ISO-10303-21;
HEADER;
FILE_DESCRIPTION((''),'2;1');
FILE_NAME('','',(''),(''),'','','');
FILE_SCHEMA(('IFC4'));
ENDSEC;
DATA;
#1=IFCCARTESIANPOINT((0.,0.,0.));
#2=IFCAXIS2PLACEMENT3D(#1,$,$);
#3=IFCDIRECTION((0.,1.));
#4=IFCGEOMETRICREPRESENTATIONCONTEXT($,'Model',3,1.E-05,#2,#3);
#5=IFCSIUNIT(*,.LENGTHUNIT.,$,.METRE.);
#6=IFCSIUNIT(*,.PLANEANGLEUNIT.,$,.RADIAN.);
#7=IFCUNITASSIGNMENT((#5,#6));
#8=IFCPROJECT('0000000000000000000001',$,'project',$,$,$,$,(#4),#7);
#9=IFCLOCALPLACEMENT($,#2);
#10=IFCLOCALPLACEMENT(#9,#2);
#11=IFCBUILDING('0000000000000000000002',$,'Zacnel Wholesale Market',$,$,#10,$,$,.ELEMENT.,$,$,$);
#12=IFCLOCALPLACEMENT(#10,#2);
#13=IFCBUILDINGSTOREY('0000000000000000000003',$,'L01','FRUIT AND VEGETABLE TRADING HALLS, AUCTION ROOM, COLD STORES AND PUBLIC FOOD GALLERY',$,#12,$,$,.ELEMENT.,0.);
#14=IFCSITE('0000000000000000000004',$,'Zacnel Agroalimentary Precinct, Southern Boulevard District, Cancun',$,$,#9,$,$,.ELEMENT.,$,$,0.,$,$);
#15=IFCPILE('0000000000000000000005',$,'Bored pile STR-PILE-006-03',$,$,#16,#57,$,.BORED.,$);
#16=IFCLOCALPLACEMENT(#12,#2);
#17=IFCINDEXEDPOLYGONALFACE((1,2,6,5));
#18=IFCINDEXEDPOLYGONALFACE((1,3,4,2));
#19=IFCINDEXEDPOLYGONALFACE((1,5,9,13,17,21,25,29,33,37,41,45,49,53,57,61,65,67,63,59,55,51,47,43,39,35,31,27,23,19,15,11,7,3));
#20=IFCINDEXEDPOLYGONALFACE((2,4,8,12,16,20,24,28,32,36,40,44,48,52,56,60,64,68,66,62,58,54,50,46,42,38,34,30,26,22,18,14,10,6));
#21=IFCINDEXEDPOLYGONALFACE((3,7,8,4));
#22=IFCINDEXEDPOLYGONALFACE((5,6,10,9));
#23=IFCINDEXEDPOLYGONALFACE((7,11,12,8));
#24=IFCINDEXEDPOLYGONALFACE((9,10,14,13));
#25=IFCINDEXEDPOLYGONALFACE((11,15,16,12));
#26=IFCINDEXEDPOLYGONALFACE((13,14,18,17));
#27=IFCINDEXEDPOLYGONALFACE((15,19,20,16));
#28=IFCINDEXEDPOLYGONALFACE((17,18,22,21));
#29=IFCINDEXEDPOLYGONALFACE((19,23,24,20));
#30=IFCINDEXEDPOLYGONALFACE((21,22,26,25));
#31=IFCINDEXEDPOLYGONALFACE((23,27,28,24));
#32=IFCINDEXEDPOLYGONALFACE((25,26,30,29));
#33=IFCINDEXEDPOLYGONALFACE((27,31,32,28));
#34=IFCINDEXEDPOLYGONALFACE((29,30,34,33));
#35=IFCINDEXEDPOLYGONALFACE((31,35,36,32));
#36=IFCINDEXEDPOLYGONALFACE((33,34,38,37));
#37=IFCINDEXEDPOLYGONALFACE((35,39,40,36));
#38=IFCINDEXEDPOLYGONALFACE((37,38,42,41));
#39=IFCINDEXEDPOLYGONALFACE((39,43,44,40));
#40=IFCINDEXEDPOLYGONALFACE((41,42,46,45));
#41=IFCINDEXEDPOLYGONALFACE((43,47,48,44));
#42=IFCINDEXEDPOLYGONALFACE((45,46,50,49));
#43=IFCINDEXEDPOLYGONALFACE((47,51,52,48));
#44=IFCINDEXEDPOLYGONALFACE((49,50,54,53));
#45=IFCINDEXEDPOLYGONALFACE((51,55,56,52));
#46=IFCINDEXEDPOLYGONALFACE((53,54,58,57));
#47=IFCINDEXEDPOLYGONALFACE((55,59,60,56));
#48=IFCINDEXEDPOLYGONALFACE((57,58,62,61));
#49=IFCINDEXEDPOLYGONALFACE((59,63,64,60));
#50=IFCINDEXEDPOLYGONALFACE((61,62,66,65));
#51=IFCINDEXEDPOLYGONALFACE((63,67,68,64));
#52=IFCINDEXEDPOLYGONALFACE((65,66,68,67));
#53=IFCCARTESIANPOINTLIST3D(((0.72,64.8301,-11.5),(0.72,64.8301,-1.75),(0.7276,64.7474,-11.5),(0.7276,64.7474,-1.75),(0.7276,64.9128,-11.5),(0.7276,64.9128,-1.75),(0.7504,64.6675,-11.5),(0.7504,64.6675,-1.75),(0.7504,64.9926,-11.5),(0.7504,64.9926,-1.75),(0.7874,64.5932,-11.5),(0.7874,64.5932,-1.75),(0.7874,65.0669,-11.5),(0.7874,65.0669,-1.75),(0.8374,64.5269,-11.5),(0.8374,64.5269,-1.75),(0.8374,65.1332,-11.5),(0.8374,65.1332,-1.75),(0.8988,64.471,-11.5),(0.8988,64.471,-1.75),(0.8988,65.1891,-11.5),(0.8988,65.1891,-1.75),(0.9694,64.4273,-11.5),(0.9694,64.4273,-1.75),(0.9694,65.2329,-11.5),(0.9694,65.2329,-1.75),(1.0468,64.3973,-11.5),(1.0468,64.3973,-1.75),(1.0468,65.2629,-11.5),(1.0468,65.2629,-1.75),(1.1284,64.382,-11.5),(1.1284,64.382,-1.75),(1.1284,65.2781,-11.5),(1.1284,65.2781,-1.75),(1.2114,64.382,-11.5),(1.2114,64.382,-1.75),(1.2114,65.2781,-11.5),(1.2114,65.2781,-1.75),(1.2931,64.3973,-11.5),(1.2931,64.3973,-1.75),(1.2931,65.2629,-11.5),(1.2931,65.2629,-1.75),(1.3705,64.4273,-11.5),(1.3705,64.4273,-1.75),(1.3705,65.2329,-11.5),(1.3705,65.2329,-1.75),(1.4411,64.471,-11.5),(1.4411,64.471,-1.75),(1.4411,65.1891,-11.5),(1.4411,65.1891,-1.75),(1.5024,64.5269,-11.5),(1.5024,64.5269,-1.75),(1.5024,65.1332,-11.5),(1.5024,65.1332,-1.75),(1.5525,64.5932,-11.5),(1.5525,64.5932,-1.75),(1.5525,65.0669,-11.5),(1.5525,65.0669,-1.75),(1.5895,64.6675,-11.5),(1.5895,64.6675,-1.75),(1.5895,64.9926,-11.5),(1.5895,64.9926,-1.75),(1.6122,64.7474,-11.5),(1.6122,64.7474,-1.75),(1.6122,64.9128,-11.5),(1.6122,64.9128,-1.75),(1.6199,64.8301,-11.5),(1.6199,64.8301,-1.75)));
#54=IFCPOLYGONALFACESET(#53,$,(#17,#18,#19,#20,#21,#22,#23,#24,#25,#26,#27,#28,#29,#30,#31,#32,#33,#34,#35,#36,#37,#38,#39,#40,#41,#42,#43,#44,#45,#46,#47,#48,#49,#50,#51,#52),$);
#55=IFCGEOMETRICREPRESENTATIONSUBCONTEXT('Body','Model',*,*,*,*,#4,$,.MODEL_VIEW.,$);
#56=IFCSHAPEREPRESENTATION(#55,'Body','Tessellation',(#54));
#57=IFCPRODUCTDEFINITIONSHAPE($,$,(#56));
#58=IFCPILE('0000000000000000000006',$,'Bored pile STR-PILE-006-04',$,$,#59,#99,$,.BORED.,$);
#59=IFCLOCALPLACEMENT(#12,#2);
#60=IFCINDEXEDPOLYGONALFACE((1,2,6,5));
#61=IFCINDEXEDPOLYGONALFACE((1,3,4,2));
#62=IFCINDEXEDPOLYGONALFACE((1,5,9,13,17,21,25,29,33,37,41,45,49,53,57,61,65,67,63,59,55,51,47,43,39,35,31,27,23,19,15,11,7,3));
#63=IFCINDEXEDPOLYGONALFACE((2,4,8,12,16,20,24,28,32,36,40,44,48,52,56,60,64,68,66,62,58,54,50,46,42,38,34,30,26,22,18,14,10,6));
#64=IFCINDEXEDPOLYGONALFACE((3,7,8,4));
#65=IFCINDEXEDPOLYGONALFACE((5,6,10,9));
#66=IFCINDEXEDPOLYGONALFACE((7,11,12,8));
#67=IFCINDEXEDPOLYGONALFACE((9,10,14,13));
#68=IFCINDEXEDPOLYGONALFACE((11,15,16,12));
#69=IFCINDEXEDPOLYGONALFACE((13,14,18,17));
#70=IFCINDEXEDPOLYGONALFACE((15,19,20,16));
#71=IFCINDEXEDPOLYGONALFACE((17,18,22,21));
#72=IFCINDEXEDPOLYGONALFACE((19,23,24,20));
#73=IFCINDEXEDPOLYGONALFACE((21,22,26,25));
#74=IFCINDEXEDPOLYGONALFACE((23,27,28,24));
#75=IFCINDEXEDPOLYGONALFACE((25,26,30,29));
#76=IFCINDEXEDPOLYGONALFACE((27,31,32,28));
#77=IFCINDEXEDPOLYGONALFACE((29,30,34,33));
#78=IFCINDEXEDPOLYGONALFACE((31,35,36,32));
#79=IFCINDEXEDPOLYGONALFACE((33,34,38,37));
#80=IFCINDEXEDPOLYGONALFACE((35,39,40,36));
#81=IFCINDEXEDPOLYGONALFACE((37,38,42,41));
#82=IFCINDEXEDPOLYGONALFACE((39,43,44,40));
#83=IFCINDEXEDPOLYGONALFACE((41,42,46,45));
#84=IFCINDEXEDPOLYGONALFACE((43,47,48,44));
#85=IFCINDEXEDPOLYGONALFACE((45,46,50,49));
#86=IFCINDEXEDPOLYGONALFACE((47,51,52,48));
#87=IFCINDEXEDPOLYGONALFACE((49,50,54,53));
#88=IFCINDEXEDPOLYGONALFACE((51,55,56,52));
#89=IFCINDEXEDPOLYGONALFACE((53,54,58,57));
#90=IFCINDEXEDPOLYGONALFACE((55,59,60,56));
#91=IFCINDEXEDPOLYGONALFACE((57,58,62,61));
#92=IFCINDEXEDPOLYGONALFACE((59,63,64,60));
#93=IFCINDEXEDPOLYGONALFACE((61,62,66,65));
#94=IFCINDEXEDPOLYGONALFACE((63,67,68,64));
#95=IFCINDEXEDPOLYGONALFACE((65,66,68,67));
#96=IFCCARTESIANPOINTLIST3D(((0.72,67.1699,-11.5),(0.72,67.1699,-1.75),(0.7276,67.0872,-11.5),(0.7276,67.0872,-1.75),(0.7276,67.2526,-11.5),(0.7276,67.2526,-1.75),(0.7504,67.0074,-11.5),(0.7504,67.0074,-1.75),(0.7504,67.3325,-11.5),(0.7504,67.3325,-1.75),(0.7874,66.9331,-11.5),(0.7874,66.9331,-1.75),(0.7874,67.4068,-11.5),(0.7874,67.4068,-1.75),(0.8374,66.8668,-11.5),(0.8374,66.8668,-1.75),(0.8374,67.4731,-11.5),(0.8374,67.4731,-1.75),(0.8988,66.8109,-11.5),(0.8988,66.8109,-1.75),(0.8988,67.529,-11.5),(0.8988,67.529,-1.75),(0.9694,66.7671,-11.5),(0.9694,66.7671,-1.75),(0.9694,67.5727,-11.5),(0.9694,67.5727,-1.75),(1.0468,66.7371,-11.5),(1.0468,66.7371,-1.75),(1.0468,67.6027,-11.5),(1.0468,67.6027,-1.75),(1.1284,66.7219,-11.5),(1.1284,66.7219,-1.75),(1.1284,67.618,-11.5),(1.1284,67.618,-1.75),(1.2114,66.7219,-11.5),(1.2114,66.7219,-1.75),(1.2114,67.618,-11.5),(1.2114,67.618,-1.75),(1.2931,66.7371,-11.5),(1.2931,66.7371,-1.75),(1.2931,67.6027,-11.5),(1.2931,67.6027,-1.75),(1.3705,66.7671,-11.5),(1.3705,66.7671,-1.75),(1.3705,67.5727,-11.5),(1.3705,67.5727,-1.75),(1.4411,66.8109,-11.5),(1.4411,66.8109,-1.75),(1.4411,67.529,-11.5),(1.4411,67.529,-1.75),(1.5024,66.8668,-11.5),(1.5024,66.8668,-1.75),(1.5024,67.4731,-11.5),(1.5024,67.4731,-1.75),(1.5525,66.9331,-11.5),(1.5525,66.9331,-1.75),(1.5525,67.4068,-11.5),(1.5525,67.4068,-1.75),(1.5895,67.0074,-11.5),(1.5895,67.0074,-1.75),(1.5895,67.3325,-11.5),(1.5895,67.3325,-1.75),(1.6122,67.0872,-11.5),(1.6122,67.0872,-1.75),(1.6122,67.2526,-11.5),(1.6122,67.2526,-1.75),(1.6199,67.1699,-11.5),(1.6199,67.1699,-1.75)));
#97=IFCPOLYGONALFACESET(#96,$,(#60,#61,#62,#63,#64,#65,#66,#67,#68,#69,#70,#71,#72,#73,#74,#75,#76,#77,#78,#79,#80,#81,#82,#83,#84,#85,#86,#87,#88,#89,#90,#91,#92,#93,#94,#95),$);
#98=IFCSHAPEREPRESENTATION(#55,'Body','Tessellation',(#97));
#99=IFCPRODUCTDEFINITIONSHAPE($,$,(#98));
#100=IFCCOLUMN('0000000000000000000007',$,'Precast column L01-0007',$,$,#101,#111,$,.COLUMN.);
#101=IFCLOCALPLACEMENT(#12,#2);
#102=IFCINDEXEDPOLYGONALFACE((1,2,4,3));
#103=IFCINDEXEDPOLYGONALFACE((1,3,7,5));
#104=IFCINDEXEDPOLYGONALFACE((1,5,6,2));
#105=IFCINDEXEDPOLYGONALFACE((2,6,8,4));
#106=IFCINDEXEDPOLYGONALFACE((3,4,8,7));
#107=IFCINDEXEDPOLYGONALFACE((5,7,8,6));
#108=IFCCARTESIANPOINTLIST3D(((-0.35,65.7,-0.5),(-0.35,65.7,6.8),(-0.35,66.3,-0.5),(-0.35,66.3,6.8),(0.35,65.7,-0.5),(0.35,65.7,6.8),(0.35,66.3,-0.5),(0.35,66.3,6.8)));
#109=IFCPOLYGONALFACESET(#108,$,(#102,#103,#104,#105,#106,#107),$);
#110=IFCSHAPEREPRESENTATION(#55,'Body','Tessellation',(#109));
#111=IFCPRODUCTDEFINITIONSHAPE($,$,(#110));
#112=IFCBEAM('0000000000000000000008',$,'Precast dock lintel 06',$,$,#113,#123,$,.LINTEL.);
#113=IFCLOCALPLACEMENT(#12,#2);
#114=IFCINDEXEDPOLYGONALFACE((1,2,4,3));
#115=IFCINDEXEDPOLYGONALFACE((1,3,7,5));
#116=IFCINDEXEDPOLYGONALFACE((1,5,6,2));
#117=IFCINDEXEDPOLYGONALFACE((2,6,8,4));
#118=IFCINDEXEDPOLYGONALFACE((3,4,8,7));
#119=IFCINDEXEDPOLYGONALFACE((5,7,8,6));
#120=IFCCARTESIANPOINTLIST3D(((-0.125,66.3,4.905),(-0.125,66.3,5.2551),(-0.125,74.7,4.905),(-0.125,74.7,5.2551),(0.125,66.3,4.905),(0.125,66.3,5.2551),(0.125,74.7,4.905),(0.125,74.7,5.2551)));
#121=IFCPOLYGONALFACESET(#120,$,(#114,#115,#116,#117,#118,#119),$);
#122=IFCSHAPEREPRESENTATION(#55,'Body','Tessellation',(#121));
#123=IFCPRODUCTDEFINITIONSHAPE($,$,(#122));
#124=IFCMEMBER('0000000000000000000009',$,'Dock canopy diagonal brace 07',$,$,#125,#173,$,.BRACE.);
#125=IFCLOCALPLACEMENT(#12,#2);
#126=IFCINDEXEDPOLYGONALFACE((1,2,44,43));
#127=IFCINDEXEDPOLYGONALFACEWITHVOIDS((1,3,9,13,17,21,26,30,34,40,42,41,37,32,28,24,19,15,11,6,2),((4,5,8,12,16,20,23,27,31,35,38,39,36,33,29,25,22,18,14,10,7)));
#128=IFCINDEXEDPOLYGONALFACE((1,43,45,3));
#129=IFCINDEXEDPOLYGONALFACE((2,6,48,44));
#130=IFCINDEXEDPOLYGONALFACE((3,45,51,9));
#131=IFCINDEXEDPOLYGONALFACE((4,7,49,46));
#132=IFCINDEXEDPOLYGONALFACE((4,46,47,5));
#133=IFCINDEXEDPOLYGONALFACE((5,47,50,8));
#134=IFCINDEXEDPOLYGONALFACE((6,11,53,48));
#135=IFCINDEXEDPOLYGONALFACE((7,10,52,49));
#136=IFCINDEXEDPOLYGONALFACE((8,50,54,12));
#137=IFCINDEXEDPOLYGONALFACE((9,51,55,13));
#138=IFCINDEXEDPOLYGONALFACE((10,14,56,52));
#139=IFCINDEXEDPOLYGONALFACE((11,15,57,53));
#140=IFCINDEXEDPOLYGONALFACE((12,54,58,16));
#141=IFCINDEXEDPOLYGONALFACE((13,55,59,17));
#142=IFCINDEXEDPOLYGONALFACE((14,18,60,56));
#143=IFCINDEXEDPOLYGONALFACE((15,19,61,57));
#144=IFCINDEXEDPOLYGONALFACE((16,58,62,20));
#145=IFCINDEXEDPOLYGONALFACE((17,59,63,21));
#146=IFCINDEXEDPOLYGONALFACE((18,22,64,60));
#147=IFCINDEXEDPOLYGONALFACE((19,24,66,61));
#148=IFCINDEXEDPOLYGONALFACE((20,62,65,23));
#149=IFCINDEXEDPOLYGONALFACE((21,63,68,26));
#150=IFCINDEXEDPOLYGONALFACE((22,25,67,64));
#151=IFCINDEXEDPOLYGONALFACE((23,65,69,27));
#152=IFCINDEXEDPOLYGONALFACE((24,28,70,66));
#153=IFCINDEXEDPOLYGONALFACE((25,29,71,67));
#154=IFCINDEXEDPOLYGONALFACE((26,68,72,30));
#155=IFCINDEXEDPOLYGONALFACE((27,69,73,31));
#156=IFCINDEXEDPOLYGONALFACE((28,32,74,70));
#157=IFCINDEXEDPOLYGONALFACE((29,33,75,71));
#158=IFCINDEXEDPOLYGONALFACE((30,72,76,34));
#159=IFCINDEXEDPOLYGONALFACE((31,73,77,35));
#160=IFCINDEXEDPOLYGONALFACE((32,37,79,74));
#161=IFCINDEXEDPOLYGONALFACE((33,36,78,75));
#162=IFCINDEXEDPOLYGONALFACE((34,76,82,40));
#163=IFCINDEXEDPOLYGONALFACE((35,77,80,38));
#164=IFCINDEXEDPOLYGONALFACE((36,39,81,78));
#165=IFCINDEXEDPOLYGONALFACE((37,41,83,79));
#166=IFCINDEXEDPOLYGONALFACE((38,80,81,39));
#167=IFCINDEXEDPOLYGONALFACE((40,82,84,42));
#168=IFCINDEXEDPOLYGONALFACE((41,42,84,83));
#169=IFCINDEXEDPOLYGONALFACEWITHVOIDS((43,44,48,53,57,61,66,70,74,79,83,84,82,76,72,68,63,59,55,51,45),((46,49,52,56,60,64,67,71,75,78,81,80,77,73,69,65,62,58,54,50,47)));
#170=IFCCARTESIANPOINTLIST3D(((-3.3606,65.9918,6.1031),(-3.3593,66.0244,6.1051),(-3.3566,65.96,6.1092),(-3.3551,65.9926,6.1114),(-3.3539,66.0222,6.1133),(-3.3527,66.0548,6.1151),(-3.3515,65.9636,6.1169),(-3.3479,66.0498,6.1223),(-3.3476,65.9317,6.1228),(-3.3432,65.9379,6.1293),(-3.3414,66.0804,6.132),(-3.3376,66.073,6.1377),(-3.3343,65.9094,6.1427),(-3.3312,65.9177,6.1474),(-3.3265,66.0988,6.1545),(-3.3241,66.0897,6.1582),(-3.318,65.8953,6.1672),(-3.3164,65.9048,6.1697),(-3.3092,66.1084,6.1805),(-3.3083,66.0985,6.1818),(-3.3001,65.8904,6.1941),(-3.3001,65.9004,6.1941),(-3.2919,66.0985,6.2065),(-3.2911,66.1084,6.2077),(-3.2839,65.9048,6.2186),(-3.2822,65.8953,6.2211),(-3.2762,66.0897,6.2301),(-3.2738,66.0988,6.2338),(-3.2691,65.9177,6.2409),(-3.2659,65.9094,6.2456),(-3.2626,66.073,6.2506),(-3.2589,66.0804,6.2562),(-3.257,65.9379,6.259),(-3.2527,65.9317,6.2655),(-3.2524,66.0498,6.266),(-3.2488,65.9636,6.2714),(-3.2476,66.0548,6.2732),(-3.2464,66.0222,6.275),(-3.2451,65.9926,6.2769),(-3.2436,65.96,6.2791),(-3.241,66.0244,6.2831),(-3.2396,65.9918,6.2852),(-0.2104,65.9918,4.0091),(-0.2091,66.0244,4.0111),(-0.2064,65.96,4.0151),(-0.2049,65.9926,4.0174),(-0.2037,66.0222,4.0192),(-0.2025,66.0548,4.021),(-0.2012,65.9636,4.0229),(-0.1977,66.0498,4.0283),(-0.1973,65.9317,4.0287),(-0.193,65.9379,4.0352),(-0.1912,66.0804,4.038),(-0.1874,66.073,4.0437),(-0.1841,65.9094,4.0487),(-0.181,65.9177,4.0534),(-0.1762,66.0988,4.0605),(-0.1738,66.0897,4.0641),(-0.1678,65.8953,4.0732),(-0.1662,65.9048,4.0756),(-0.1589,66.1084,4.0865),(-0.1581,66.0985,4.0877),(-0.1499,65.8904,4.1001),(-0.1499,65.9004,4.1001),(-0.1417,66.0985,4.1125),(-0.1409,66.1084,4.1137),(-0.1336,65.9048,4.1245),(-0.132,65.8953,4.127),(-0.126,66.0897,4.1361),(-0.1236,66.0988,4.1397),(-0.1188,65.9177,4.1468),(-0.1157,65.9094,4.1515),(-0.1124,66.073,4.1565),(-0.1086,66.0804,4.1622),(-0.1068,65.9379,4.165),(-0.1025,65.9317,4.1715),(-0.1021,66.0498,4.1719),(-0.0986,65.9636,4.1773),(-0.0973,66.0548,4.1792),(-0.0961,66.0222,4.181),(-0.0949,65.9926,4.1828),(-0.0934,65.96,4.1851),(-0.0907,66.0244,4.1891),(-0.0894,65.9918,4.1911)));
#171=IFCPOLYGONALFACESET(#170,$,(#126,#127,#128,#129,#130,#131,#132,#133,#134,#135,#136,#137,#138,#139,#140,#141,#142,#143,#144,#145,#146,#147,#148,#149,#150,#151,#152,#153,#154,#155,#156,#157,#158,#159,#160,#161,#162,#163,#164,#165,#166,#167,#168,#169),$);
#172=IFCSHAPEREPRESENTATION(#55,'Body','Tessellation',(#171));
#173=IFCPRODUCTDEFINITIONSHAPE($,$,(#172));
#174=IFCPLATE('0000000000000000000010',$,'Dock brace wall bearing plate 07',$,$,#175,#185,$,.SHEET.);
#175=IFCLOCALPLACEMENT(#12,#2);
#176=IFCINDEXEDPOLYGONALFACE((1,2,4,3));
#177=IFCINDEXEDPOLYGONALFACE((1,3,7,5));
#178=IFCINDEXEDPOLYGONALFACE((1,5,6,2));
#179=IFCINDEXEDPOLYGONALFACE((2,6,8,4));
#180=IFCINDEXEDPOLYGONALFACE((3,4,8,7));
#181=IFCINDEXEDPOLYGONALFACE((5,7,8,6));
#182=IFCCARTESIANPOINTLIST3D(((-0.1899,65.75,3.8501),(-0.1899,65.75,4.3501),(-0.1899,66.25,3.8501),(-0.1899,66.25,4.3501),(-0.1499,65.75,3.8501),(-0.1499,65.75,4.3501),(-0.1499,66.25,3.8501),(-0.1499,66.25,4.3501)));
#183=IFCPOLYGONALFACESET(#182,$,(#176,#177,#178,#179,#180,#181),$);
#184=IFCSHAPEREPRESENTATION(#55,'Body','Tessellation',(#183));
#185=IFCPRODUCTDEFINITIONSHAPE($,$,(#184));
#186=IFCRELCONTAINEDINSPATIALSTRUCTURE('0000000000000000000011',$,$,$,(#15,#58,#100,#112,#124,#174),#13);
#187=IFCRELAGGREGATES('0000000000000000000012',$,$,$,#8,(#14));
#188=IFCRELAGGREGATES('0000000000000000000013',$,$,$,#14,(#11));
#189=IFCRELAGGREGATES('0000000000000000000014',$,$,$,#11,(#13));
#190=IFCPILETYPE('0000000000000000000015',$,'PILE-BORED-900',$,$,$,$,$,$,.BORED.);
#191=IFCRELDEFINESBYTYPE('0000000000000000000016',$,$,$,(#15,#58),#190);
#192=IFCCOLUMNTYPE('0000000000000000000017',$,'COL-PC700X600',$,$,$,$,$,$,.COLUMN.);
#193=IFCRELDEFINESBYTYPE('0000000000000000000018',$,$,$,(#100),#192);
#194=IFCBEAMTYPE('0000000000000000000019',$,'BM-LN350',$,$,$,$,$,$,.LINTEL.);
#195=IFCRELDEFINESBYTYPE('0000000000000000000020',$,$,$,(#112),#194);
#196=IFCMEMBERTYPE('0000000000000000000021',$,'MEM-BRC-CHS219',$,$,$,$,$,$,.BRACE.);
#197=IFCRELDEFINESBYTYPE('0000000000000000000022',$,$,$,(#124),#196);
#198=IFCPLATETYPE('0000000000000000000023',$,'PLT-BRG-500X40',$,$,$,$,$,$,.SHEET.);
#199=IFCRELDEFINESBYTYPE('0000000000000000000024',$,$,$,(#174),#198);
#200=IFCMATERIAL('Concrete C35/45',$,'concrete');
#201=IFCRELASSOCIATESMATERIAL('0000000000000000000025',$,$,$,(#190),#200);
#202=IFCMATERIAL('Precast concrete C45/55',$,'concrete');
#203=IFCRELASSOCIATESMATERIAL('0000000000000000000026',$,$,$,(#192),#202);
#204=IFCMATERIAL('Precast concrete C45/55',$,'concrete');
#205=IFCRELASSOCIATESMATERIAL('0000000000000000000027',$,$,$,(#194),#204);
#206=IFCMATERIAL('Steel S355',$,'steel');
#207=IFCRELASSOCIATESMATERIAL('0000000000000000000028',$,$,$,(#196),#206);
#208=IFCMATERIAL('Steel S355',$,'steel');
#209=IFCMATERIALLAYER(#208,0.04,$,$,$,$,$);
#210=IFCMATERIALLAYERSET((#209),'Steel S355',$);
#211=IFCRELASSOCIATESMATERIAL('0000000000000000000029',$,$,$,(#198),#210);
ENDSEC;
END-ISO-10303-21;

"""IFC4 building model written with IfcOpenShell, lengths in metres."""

from ifc_helpers import new_model, si_unit, direction, frame, origin, origin_2d, place, context, subcontext, project, spatial, rectangle, circle, hollow_circle, extrude, material, layer, layer_set, material_profile, profile_set, type_object, element, save


model = new_model("IFC4")

# Units and contexts
model_context = context("Model", 3, precision=1e-05, world=origin(), true_north=direction((0.0, 1.0)))
body_context = subcontext(model_context, "Body", "Model", "MODEL_VIEW")
ifc_project = project(units=[si_unit("LENGTHUNIT", "METRE"), si_unit("PLANEANGLEUNIT", "RADIAN")], contexts=[model_context])

# Site, building, storey
site_placement = place(None, origin())
site = spatial("IfcSite", under=ifc_project, at=site_placement, Name="Zacnel Agroalimentary Precinct, Southern Boulevard District, Cancun", CompositionType="ELEMENT", RefElevation=0.0)
building_placement = place(site_placement, origin())
building = spatial("IfcBuilding", under=site, at=building_placement, Name="Zacnel Wholesale Market", CompositionType="ELEMENT")
storey_placement = place(building_placement, origin())
storey = spatial("IfcBuildingStorey", under=building, at=storey_placement, Name="L01", Description="FRUIT AND VEGETABLE TRADING HALLS, AUCTION ROOM, COLD STORES AND PUBLIC FOOD GALLERY", CompositionType="ELEMENT", Elevation=0.0)

# Piles
ifc_material_1 = material(Name="Concrete C35/45", Category="concrete")
ifc_material_profile_1 = material_profile(ifc_material_1, circle(Radius=0.45, at=origin_2d()), Name="BORED PILE D900")
ifc_profile_set_1 = profile_set([ifc_material_profile_1], Name="Concrete C35/45")
pile_type = type_object("IfcPileType", Name="PILE-BORED-900", PredefinedType="BORED", material=ifc_profile_set_1)
for number, where, z_axis, x_axis, name in (
    (1, (1.1699, 64.8301, -1.75), (0.0, 0.0, -1.0), (1.0, 0.0, 0.0), "Bored pile STR-PILE-006-03"),
    (2, (1.1699, 67.1699, -1.75), (0.0, 0.0, -1.0), (1.0, 0.0, 0.0), "Bored pile STR-PILE-006-04"),
):
    element("IfcPile", number, at=place(storey_placement, frame(where, z_axis=z_axis, x_axis=x_axis)), inside=storey, type_object=pile_type, Name=name, PredefinedType="BORED", context=body_context, shape_type="SweptSolid", body=[
        extrude(circle(Radius=0.45, at=origin_2d()), origin(), (0.0, 0.0, 1.0), 9.75),
    ])

# Column
ifc_material_2 = material(Name="Precast concrete C45/55", Category="concrete")
ifc_material_profile_2 = material_profile(ifc_material_2, rectangle(XDim=0.7, YDim=0.6001, at=origin_2d()), Name="PC 700x600")
ifc_profile_set_2 = profile_set([ifc_material_profile_2], Name="Precast concrete C45/55")
column_type = type_object("IfcColumnType", Name="COL-PC700X600", PredefinedType="COLUMN", material=ifc_profile_set_2)
column_placement = place(storey_placement, frame((0.0, 66.0, -0.5), z_axis=(0.0, 0.0, 1.0), x_axis=(1.0, 0.0, 0.0)))
element("IfcColumn", 3, at=column_placement, inside=storey, type_object=column_type, Name="Precast column L01-0007", PredefinedType="COLUMN", context=body_context, shape_type="SweptSolid", body=[
    extrude(rectangle(XDim=0.7, YDim=0.6001, at=origin_2d()), origin(), (0.0, 0.0, 1.0), 7.3),
])

# Beam
ifc_material_3 = material(Name="Precast concrete C45/55", Category="concrete")
ifc_material_profile_3 = material_profile(ifc_material_3, rectangle(XDim=0.25, YDim=0.3501, at=origin_2d()), Name="LN 250x350")
ifc_profile_set_3 = profile_set([ifc_material_profile_3], Name="Precast concrete C45/55")
beam_type = type_object("IfcBeamType", Name="BM-LN350", PredefinedType="LINTEL", material=ifc_profile_set_3)
beam_placement = place(storey_placement, frame((0.0, 66.3, 5.0801), z_axis=(0.0, 1.0, 0.0), x_axis=(-1.0, 0.0, 0.0)))
element("IfcBeam", 4, at=beam_placement, inside=storey, type_object=beam_type, Name="Precast dock lintel 06", PredefinedType="LINTEL", context=body_context, shape_type="SweptSolid", body=[
    extrude(rectangle(XDim=0.25, YDim=0.3501, at=origin_2d()), origin(), (0.0, 0.0, 1.0), 8.3999),
])

# Member
ifc_material_4 = material(Name="Steel S355", Category="steel")
ifc_material_profile_4 = material_profile(ifc_material_4, hollow_circle(Radius=0.1096, WallThickness=0.01, at=origin_2d()), Name="CHS 219.1x10")
ifc_profile_set_4 = profile_set([ifc_material_profile_4], Name="Steel S355")
member_type = type_object("IfcMemberType", Name="MEM-BRC-CHS219", PredefinedType="BRACE", material=ifc_profile_set_4)
member_placement = place(storey_placement, frame((-0.1499, 66.0, 4.1001), z_axis=(-0.832794, 0.0, 0.553583), x_axis=(0.0, -1.0, 0.0)))
element("IfcMember", 5, at=member_placement, inside=storey, type_object=member_type, Name="Dock canopy diagonal brace 07", PredefinedType="BRACE", context=body_context, shape_type="SweptSolid", body=[
    extrude(hollow_circle(Radius=0.1096, WallThickness=0.01, at=origin_2d()), origin(), (0.0, 0.0, 1.0), 3.7827),
])

# Plate
ifc_material_5 = material(Name="Steel S355", Category="steel")
ifc_layer_1 = layer(ifc_material_5, 0.04)
ifc_layer_set_1 = layer_set([ifc_layer_1], Name="Steel S355")
plate_type = type_object("IfcPlateType", Name="PLT-BRG-500X40", PredefinedType="SHEET", material=ifc_layer_set_1)
plate_placement = place(storey_placement, frame((-0.1699, 66.0, 3.8501), z_axis=(0.0, 0.0, 1.0), x_axis=(1.0, 0.0, 0.0)))
element("IfcPlate", 6, at=plate_placement, inside=storey, type_object=plate_type, Name="Dock brace wall bearing plate 07", PredefinedType="SHEET", context=body_context, shape_type="SweptSolid", body=[
    extrude(rectangle(XDim=0.04, YDim=0.5, at=origin_2d()), origin(), (0.0, 0.0, 1.0), 0.5),
])

save(model, "model.ifc")
